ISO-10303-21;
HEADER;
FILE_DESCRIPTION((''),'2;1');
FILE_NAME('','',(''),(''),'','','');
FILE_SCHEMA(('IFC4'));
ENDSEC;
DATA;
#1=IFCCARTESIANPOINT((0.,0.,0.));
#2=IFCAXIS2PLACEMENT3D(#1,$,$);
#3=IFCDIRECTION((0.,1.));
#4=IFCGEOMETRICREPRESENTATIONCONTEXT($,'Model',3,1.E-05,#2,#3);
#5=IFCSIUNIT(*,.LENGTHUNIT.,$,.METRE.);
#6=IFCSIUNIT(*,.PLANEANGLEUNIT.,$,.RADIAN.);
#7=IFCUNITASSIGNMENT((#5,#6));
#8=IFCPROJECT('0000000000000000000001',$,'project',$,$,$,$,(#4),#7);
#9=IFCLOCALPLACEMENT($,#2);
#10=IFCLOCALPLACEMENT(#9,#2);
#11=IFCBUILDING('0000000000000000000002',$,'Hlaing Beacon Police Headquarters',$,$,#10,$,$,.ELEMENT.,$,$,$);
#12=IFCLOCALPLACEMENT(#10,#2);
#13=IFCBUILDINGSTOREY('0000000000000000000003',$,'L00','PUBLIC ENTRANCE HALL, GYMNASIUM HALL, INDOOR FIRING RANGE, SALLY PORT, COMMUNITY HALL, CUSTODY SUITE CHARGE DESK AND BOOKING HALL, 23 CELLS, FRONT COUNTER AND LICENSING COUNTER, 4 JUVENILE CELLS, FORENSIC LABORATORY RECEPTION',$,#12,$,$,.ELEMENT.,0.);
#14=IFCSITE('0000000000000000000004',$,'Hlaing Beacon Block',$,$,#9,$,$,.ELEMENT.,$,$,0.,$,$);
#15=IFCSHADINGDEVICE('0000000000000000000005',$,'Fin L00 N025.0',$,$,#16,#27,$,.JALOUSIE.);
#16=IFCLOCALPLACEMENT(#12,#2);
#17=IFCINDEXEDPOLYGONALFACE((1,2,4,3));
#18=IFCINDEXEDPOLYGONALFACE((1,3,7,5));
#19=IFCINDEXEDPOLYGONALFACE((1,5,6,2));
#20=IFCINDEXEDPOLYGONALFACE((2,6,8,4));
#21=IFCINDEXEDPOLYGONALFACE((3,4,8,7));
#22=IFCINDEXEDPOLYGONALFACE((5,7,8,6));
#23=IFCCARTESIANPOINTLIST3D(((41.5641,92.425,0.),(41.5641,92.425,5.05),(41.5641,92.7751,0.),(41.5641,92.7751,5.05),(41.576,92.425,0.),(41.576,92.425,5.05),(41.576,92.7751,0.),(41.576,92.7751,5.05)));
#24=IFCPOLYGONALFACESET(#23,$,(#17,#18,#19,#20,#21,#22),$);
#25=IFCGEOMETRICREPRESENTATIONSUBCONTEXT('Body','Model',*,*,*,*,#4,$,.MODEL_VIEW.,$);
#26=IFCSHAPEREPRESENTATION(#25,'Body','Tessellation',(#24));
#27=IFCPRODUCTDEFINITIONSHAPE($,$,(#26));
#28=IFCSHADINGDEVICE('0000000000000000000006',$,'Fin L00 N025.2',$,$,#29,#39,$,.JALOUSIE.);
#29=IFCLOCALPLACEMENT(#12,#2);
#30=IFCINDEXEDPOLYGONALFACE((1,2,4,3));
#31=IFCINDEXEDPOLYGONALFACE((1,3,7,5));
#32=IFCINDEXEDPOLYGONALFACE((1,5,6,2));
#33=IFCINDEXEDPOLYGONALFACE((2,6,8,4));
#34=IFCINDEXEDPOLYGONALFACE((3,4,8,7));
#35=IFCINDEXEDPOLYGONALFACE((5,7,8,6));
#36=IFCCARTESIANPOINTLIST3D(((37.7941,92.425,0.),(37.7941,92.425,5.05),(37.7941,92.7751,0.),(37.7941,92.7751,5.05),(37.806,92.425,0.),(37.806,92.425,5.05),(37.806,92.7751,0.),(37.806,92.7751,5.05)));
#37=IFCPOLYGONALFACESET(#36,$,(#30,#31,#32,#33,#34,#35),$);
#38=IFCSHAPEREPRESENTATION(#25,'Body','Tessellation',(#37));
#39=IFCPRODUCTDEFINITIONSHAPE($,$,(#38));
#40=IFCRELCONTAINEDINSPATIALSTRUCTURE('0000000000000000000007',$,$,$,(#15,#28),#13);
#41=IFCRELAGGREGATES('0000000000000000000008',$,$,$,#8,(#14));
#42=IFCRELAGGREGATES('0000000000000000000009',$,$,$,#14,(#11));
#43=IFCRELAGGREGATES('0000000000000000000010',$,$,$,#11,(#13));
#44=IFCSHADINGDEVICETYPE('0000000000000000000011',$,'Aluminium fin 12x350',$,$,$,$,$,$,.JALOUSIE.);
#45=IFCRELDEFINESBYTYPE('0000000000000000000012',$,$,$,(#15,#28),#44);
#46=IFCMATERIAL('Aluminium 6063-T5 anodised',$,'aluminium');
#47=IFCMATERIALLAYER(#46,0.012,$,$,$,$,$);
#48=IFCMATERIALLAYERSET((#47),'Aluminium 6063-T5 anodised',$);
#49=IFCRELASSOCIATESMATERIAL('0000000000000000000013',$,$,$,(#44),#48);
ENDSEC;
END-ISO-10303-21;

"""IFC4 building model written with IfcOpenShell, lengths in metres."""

from ifc_helpers import new_model, si_unit, direction, frame, origin, origin_2d, place, context, subcontext, project, spatial, rectangle, extrude, material, layer, layer_set, type_object, element, save


model = new_model("IFC4")

# Units and contexts
model_context = context("Model", 3, precision=1e-05, world=origin(), true_north=direction((0.0, 1.0)))
body_context = subcontext(model_context, "Body", "Model", "MODEL_VIEW")
ifc_project = project(units=[si_unit("LENGTHUNIT", "METRE"), si_unit("PLANEANGLEUNIT", "RADIAN")], contexts=[model_context])

# Site, building, storey
site_placement = place(None, origin())
site = spatial("IfcSite", under=ifc_project, at=site_placement, Name="Hlaing Beacon Block", CompositionType="ELEMENT", RefElevation=0.0)
building_placement = place(site_placement, origin())
building = spatial("IfcBuilding", under=site, at=building_placement, Name="Hlaing Beacon Police Headquarters", CompositionType="ELEMENT")
storey_placement = place(building_placement, origin())
storey = spatial("IfcBuildingStorey", under=building, at=storey_placement, Name="L00", Description="PUBLIC ENTRANCE HALL, GYMNASIUM HALL, INDOOR FIRING RANGE, SALLY PORT, COMMUNITY HALL, CUSTODY SUITE CHARGE DESK AND BOOKING HALL, 23 CELLS, FRONT COUNTER AND LICENSING COUNTER, 4 JUVENILE CELLS, FORENSIC LABORATORY RECEPTION", CompositionType="ELEMENT", Elevation=0.0)

# Shading devices
ifc_material_1 = material(Name="Aluminium 6063-T5 anodised", Category="aluminium")
ifc_layer_1 = layer(ifc_material_1, 0.012)
ifc_layer_set_1 = layer_set([ifc_layer_1], Name="Aluminium 6063-T5 anodised")
shading_device_type = type_object("IfcShadingDeviceType", Name="Aluminium fin 12x350", PredefinedType="JALOUSIE", material=ifc_layer_set_1)
for number, where, z_axis, x_axis, name in (
    (1, (41.5701, 92.6001, 0.0), (0.0, 0.0, 1.0), (-1.0, 0.0, 0.0), "Fin L00 N025.0"),
    (2, (37.8, 92.6001, 0.0), (0.0, 0.0, 1.0), (-1.0, 0.0, 0.0), "Fin L00 N025.2"),
):
    element("IfcShadingDevice", number, at=place(storey_placement, frame(where, z_axis=z_axis, x_axis=x_axis)), inside=storey, type_object=shading_device_type, Name=name, PredefinedType="JALOUSIE", context=body_context, shape_type="SweptSolid", body=[
        extrude(rectangle(XDim=0.012, YDim=0.3501, at=origin_2d()), origin(), (0.0, 0.0, 1.0), 5.05),
    ])

save(model, "model.ifc")
